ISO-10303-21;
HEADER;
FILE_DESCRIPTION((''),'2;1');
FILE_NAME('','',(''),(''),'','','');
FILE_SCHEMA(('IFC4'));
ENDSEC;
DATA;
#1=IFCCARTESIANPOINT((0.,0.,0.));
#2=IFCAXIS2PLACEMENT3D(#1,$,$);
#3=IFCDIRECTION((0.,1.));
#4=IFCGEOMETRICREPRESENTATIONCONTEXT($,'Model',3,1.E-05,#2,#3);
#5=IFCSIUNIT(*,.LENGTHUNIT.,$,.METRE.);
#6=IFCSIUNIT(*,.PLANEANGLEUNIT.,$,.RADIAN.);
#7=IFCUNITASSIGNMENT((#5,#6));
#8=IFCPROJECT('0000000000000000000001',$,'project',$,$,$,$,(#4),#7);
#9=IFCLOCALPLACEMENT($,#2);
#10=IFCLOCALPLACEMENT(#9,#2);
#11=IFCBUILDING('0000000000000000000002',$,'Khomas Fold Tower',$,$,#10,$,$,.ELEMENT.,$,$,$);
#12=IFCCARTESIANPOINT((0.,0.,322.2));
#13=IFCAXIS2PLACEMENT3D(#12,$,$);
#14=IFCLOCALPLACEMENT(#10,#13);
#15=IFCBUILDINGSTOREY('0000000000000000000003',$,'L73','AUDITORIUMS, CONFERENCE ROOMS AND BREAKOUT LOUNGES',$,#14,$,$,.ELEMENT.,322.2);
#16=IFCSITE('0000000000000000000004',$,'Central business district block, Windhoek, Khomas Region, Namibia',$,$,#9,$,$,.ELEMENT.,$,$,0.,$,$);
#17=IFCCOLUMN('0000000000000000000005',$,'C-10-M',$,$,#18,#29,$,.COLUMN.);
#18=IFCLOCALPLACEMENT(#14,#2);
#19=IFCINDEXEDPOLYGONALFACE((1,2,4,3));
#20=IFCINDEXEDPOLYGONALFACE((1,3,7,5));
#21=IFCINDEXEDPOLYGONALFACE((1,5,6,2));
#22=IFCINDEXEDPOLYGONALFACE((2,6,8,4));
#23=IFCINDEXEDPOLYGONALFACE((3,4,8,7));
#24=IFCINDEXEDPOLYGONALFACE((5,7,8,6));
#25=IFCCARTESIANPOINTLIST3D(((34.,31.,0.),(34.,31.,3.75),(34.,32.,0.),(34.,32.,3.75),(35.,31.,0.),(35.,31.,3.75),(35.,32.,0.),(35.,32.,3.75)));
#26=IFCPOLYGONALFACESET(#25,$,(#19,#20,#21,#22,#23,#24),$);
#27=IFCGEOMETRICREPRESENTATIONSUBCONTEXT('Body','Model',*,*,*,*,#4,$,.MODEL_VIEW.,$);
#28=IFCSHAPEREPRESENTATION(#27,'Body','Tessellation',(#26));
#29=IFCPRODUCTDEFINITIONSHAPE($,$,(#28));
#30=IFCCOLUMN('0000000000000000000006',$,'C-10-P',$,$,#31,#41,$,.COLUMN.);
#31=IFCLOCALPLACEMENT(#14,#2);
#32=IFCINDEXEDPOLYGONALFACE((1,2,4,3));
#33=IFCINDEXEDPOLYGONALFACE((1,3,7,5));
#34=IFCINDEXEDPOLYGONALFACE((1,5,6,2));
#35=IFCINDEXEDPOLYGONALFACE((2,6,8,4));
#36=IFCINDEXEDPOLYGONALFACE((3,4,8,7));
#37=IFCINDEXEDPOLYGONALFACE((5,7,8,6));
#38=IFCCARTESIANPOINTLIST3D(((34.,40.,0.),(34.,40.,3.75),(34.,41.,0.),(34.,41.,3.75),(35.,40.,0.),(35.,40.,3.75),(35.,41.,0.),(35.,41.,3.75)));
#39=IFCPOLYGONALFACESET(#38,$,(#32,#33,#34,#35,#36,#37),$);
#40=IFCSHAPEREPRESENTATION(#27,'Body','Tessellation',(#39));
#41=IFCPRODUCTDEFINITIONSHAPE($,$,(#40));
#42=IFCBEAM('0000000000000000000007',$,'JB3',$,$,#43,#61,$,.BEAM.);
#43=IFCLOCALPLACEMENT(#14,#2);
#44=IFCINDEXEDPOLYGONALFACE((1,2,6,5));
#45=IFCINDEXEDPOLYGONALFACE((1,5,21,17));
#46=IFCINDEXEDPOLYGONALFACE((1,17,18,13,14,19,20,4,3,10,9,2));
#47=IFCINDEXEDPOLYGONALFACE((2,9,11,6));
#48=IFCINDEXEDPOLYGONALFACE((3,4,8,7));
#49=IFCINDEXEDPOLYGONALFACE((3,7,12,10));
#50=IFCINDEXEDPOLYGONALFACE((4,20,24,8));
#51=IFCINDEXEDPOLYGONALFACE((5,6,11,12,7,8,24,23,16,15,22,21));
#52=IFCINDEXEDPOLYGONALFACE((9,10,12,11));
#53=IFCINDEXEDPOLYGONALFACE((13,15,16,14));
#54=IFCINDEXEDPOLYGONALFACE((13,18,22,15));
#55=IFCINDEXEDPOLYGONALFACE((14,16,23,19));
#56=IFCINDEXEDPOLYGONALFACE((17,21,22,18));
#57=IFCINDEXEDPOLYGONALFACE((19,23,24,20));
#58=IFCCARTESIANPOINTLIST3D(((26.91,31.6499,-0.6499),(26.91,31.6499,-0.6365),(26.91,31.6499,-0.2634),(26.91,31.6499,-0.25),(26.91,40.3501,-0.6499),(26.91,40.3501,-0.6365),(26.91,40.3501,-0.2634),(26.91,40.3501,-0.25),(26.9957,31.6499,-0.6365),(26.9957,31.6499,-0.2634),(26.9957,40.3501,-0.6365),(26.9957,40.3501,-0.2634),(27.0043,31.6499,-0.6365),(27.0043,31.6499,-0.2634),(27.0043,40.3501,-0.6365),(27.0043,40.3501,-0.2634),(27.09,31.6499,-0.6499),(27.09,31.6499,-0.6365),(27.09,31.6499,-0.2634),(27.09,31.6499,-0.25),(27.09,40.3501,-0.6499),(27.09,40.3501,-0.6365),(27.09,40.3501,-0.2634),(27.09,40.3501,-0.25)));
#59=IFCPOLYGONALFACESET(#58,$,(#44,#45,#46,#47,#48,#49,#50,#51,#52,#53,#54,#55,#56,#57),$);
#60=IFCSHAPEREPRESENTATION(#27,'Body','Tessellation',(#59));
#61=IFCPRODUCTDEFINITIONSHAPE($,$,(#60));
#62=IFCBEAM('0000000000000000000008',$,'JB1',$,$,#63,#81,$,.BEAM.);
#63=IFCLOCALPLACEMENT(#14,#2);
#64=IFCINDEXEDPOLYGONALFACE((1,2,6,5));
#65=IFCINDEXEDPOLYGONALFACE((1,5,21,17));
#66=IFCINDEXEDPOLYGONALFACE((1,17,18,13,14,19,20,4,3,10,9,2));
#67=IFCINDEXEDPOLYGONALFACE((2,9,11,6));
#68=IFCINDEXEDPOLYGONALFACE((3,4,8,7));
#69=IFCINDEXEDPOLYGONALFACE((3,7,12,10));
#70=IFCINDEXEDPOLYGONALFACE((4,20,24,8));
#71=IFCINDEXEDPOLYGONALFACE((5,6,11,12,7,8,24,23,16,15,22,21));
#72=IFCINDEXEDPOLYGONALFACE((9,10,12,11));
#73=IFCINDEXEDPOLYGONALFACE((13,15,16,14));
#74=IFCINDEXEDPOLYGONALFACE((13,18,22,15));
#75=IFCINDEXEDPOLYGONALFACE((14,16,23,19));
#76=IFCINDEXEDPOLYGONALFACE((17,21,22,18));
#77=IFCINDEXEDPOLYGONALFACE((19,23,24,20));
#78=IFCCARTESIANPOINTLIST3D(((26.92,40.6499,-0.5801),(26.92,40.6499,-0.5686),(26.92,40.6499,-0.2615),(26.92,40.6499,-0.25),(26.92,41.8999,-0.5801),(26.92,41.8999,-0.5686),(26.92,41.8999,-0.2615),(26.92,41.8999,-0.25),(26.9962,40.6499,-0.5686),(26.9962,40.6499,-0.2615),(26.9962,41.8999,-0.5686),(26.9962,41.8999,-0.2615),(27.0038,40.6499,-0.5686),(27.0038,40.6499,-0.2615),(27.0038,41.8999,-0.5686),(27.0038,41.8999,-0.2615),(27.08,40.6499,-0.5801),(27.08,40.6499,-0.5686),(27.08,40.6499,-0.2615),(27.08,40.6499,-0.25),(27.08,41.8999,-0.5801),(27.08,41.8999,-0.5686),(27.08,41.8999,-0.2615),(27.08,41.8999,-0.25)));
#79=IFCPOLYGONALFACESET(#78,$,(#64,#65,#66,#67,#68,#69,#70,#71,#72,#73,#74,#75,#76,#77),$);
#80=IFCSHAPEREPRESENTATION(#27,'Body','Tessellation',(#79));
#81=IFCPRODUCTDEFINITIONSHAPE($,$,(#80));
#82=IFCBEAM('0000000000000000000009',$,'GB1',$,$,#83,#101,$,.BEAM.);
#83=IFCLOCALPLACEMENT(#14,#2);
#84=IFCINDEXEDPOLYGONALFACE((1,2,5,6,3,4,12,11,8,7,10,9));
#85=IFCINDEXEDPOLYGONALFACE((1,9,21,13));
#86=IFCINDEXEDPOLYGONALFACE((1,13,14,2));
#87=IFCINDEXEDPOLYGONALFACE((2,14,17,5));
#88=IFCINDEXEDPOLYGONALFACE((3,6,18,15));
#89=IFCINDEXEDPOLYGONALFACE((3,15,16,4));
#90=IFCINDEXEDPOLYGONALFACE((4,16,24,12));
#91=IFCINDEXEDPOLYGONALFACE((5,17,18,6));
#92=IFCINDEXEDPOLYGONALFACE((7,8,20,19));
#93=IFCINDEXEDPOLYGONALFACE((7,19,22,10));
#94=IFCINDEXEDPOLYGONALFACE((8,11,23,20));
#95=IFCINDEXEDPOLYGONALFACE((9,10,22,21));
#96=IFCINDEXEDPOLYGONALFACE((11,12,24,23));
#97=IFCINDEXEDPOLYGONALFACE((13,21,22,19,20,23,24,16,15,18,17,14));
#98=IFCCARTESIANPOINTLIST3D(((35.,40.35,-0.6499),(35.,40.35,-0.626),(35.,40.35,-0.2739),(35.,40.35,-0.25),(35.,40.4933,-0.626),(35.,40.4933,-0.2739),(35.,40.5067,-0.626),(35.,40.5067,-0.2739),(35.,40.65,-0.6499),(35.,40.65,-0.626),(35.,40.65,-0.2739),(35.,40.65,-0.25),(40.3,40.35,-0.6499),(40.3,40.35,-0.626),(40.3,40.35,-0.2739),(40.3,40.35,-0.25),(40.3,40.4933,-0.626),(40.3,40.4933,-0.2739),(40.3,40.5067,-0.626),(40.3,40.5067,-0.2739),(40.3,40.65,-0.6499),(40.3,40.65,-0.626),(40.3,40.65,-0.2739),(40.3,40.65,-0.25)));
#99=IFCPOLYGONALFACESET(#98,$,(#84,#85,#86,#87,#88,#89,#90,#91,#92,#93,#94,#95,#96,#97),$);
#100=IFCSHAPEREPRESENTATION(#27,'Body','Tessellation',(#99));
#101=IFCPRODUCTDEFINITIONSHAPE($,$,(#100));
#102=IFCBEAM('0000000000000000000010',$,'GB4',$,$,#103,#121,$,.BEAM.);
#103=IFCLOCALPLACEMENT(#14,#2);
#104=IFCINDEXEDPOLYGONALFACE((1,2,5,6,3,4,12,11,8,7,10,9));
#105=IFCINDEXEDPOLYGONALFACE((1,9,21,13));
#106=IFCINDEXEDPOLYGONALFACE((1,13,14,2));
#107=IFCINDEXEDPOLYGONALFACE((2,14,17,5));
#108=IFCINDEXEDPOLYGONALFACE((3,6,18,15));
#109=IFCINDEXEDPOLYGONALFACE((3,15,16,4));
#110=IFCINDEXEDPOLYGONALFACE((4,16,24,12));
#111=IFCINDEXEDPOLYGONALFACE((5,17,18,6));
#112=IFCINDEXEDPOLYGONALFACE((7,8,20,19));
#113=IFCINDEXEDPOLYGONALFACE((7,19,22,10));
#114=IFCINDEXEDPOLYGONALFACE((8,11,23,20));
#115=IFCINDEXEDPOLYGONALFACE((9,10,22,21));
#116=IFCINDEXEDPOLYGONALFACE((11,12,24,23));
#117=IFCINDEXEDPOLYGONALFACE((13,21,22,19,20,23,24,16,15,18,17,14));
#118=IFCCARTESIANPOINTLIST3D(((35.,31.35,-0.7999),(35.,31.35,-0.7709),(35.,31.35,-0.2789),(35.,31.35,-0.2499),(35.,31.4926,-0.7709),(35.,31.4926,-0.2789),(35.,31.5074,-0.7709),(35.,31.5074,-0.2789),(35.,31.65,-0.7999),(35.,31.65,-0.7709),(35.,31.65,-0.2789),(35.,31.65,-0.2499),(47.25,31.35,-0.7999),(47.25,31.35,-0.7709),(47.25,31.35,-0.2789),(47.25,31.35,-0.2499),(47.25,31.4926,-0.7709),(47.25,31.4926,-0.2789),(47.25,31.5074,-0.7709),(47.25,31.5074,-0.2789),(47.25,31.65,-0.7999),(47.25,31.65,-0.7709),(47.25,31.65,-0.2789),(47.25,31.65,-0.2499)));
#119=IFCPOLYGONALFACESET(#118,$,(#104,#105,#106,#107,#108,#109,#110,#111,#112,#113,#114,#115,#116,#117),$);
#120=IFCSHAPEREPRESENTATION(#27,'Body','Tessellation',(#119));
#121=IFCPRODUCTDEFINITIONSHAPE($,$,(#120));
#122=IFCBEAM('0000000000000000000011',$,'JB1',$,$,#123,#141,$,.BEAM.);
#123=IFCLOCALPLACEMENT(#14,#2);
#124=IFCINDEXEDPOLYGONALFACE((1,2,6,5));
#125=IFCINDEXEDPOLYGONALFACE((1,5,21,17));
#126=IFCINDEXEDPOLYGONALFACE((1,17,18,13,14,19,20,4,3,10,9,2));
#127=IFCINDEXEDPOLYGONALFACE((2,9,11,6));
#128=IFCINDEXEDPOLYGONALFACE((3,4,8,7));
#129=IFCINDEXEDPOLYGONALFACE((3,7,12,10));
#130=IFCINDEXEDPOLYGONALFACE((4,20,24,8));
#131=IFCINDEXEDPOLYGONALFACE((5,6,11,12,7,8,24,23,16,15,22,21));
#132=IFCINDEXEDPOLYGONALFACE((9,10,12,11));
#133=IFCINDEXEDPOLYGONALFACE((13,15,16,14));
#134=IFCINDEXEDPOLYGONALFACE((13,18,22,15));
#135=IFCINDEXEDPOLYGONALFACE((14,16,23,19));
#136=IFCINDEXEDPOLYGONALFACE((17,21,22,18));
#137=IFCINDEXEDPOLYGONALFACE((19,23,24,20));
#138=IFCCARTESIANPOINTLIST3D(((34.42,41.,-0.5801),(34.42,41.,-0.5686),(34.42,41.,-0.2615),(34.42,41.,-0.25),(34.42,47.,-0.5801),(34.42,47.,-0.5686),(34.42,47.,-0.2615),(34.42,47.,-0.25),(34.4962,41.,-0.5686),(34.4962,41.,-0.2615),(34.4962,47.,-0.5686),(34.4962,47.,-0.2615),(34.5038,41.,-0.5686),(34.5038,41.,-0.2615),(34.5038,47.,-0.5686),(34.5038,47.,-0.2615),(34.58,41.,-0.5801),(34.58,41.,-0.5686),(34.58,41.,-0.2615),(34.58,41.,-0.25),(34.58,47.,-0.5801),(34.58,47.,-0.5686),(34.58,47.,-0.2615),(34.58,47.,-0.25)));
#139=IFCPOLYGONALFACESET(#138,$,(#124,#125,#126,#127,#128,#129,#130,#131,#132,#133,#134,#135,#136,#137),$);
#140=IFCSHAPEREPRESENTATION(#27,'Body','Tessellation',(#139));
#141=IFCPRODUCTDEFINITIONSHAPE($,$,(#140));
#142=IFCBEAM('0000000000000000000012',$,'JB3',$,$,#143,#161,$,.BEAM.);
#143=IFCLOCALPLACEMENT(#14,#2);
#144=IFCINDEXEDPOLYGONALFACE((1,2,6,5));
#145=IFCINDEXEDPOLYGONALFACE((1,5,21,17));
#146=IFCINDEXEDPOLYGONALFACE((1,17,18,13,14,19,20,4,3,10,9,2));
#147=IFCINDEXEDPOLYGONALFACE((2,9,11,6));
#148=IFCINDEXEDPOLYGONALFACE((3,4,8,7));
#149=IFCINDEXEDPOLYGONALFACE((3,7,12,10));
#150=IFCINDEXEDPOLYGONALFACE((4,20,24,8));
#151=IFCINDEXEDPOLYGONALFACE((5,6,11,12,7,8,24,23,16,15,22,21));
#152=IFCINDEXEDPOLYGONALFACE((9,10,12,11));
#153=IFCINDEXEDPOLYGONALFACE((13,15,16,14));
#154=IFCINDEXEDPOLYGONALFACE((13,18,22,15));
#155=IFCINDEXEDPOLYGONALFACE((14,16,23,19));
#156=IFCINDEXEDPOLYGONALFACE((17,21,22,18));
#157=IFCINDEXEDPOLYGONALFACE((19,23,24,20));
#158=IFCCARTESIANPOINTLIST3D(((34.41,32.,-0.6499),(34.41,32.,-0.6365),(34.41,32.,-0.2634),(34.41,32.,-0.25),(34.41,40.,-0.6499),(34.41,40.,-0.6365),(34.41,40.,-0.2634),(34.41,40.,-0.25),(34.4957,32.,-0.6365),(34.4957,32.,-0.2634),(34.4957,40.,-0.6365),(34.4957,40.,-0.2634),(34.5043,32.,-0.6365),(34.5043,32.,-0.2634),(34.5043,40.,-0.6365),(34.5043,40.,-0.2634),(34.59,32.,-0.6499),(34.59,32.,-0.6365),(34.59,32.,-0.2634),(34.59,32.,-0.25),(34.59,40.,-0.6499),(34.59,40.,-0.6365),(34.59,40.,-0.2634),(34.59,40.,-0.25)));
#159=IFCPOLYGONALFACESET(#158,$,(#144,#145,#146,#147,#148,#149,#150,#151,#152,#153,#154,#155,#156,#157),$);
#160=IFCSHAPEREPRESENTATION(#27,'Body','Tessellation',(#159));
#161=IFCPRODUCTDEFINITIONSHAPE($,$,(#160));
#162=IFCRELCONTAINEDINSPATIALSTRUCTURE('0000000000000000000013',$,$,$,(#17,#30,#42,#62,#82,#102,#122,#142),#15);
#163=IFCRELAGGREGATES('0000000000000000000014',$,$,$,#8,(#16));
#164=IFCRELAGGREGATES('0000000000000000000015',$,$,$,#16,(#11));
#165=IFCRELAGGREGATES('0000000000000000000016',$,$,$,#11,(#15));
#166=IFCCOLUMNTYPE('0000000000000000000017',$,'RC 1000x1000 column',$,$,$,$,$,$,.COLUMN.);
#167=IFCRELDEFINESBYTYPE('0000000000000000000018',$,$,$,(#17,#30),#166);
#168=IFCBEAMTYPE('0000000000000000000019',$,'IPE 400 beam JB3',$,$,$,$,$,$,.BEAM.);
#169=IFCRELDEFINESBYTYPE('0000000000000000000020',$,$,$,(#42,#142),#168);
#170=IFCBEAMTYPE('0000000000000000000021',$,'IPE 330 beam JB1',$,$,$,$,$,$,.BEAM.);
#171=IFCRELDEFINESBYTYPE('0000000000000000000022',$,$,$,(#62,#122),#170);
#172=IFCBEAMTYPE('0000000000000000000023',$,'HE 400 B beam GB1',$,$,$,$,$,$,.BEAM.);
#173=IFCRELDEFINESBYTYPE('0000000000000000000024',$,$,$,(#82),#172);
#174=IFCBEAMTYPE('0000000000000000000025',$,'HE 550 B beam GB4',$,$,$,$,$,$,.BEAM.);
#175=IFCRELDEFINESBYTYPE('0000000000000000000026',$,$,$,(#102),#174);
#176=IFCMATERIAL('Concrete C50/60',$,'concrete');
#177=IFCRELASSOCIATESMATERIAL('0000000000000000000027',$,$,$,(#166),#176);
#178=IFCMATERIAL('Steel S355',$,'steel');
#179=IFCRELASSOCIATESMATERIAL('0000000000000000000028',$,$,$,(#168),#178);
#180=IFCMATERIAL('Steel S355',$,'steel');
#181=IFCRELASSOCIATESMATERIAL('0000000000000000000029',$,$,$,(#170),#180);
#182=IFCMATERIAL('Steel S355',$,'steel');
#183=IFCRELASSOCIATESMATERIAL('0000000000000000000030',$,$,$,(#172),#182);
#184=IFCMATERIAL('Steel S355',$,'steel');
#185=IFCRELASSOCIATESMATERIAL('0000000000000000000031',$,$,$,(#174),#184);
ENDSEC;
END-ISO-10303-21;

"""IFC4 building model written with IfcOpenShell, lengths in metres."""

from ifc_helpers import new_model, si_unit, direction, frame, origin, origin_2d, place, context, subcontext, project, spatial, rectangle, i_section, extrude, source, transform, mapped, material, material_profile, profile_set, type_object, element, save


model = new_model("IFC4")

# Units and contexts
model_context = context("Model", 3, precision=1e-05, world=origin(), true_north=direction((0.0, 1.0)))
body_context = subcontext(model_context, "Body", "Model", "MODEL_VIEW")
ifc_project = project(units=[si_unit("LENGTHUNIT", "METRE"), si_unit("PLANEANGLEUNIT", "RADIAN")], contexts=[model_context])

# Site, building, storey
site_placement = place(None, origin())
site = spatial("IfcSite", under=ifc_project, at=site_placement, Name="Central business district block, Windhoek, Khomas Region, Namibia", CompositionType="ELEMENT", RefElevation=0.0)
building_placement = place(site_placement, origin())
building = spatial("IfcBuilding", under=site, at=building_placement, Name="Khomas Fold Tower", CompositionType="ELEMENT")
storey_placement = place(building_placement, frame((0.0, 0.0, 322.2)))
storey = spatial("IfcBuildingStorey", under=building, at=storey_placement, Name="L73", Description="AUDITORIUMS, CONFERENCE ROOMS AND BREAKOUT LOUNGES", CompositionType="ELEMENT", Elevation=322.2)

# Columns
ifc_material_1 = material(Name="Concrete C50/60", Category="concrete")
ifc_material_profile_1 = material_profile(ifc_material_1, rectangle(XDim=1.0, YDim=1.0, at=origin_2d()), Name="RC 1000x1000")
ifc_profile_set_1 = profile_set([ifc_material_profile_1], Name="Concrete C50/60")
column_type = type_object("IfcColumnType", Name="RC 1000x1000 column", PredefinedType="COLUMN", material=ifc_profile_set_1)
shared_shape_1 = source(origin(), body_context, "Body", "SweptSolid", [
    extrude(rectangle(XDim=1.0, YDim=1.0, at=origin_2d()), origin(), (0.0, 0.0, 1.0), 3.75),
])
for number, where, z_axis, x_axis, name in (
    (1, (34.5, 31.5, 0.0), (0.0, 0.0, 1.0), (1.0, 0.0, 0.0), "C-10-M"),
    (2, (34.5, 40.5, 0.0), (0.0, 0.0, 1.0), (1.0, 0.0, 0.0), "C-10-P"),
):
    element("IfcColumn", number, at=place(storey_placement, frame(where, z_axis=z_axis, x_axis=x_axis)), inside=storey, type_object=column_type, Name=name, PredefinedType="COLUMN", context=body_context, shape_type="MappedRepresentation", body=[
        mapped(shared_shape_1, transform((0.0, 0.0, 0.0))),
    ])

# Beams
ifc_material_2 = material(Name="Steel S355", Category="steel")
ifc_material_profile_2 = material_profile(ifc_material_2, i_section(OverallWidth=0.1799, OverallDepth=0.3999, WebThickness=0.0085, FlangeThickness=0.0134, at=origin_2d()), Name="IPE 400")
ifc_profile_set_2 = profile_set([ifc_material_profile_2], Name="Steel S355")
beam_type_1 = type_object("IfcBeamType", Name="IPE 400 beam JB3", PredefinedType="BEAM", material=ifc_profile_set_2)
shared_shape_2 = source(origin(), body_context, "Body", "SweptSolid", [
    extrude(i_section(OverallWidth=0.1799, OverallDepth=0.3999, WebThickness=0.0085, FlangeThickness=0.0134, at=origin_2d()), origin(), (0.0, 0.0, 1.0), 8.7002),
])
beam_1_placement = place(storey_placement, frame((27.0, 31.6499, -0.45), z_axis=(0.0, 1.0, 0.0), x_axis=(-1.0, 0.0, 0.0)))
element("IfcBeam", 3, at=beam_1_placement, inside=storey, type_object=beam_type_1, Name="JB3", PredefinedType="BEAM", context=body_context, shape_type="MappedRepresentation", body=[
    mapped(shared_shape_2, transform((0.0, 0.0, 0.0))),
])
ifc_material_3 = material(Name="Steel S355", Category="steel")
ifc_material_profile_3 = material_profile(ifc_material_3, i_section(OverallWidth=0.1599, OverallDepth=0.3301, WebThickness=0.0076, FlangeThickness=0.0115, at=origin_2d()), Name="IPE 330")
ifc_profile_set_3 = profile_set([ifc_material_profile_3], Name="Steel S355")
beam_type_2 = type_object("IfcBeamType", Name="IPE 330 beam JB1", PredefinedType="BEAM", material=ifc_profile_set_3)
shared_shape_3 = source(origin(), body_context, "Body", "SweptSolid", [
    extrude(i_section(OverallWidth=0.1599, OverallDepth=0.3301, WebThickness=0.0076, FlangeThickness=0.0115, at=origin_2d()), origin(), (0.0, 0.0, 1.0), 1.25),
])
beam_2_placement = place(storey_placement, frame((27.0, 40.6499, -0.415), z_axis=(0.0, 1.0, 0.0), x_axis=(-1.0, 0.0, 0.0)))
element("IfcBeam", 4, at=beam_2_placement, inside=storey, type_object=beam_type_2, Name="JB1", PredefinedType="BEAM", context=body_context, shape_type="MappedRepresentation", body=[
    mapped(shared_shape_3, transform((0.0, 0.0, 0.0))),
])
ifc_material_4 = material(Name="Steel S355", Category="steel")
ifc_material_profile_4 = material_profile(ifc_material_4, i_section(OverallWidth=0.3, OverallDepth=0.3999, WebThickness=0.0134, FlangeThickness=0.0239, at=origin_2d()), Name="HE 400 B")
ifc_profile_set_4 = profile_set([ifc_material_profile_4], Name="Steel S355")
beam_type_3 = type_object("IfcBeamType", Name="HE 400 B beam GB1", PredefinedType="BEAM", material=ifc_profile_set_4)
shared_shape_4 = source(origin(), body_context, "Body", "SweptSolid", [
    extrude(i_section(OverallWidth=0.3, OverallDepth=0.3999, WebThickness=0.0134, FlangeThickness=0.0239, at=origin_2d()), origin(), (0.0, 0.0, 1.0), 5.3),
])
beam_3_placement = place(storey_placement, frame((35.0, 40.5, -0.45), z_axis=(1.0, 0.0, 0.0), x_axis=(0.0, 1.0, 0.0)))
element("IfcBeam", 5, at=beam_3_placement, inside=storey, type_object=beam_type_3, Name="GB1", PredefinedType="BEAM", context=body_context, shape_type="MappedRepresentation", body=[
    mapped(shared_shape_4, transform((0.0, 0.0, 0.0))),
])
ifc_material_5 = material(Name="Steel S355", Category="steel")
ifc_material_profile_5 = material_profile(ifc_material_5, i_section(OverallWidth=0.3, OverallDepth=0.55, WebThickness=0.0149, FlangeThickness=0.0291, at=origin_2d()), Name="HE 550 B")
ifc_profile_set_5 = profile_set([ifc_material_profile_5], Name="Steel S355")
beam_type_4 = type_object("IfcBeamType", Name="HE 550 B beam GB4", PredefinedType="BEAM", material=ifc_profile_set_5)
shared_shape_5 = source(origin(), body_context, "Body", "SweptSolid", [
    extrude(i_section(OverallWidth=0.3, OverallDepth=0.55, WebThickness=0.0149, FlangeThickness=0.0291, at=origin_2d()), origin(), (0.0, 0.0, 1.0), 12.25),
])
beam_4_placement = place(storey_placement, frame((35.0, 31.5, -0.5249), z_axis=(1.0, 0.0, 0.0), x_axis=(0.0, 1.0, 0.0)))
element("IfcBeam", 6, at=beam_4_placement, inside=storey, type_object=beam_type_4, Name="GB4", PredefinedType="BEAM", context=body_context, shape_type="MappedRepresentation", body=[
    mapped(shared_shape_5, transform((0.0, 0.0, 0.0))),
])
shared_shape_6 = source(origin(), body_context, "Body", "SweptSolid", [
    extrude(i_section(OverallWidth=0.1599, OverallDepth=0.3301, WebThickness=0.0076, FlangeThickness=0.0115, at=origin_2d()), origin(), (0.0, 0.0, 1.0), 6.0),
])
beam_5_placement = place(storey_placement, frame((34.5, 41.0, -0.415), z_axis=(0.0, 1.0, 0.0), x_axis=(-1.0, 0.0, 0.0)))
element("IfcBeam", 7, at=beam_5_placement, inside=storey, type_object=beam_type_2, Name="JB1", PredefinedType="BEAM", context=body_context, shape_type="MappedRepresentation", body=[
    mapped(shared_shape_6, transform((0.0, 0.0, 0.0))),
])
shared_shape_7 = source(origin(), body_context, "Body", "SweptSolid", [
    extrude(i_section(OverallWidth=0.1799, OverallDepth=0.3999, WebThickness=0.0085, FlangeThickness=0.0134, at=origin_2d()), origin(), (0.0, 0.0, 1.0), 8.0),
])
beam_6_placement = place(storey_placement, frame((34.5, 32.0, -0.45), z_axis=(0.0, 1.0, 0.0), x_axis=(-1.0, 0.0, 0.0)))
element("IfcBeam", 8, at=beam_6_placement, inside=storey, type_object=beam_type_1, Name="JB3", PredefinedType="BEAM", context=body_context, shape_type="MappedRepresentation", body=[
    mapped(shared_shape_7, transform((0.0, 0.0, 0.0))),
])

save(model, "model.ifc")
